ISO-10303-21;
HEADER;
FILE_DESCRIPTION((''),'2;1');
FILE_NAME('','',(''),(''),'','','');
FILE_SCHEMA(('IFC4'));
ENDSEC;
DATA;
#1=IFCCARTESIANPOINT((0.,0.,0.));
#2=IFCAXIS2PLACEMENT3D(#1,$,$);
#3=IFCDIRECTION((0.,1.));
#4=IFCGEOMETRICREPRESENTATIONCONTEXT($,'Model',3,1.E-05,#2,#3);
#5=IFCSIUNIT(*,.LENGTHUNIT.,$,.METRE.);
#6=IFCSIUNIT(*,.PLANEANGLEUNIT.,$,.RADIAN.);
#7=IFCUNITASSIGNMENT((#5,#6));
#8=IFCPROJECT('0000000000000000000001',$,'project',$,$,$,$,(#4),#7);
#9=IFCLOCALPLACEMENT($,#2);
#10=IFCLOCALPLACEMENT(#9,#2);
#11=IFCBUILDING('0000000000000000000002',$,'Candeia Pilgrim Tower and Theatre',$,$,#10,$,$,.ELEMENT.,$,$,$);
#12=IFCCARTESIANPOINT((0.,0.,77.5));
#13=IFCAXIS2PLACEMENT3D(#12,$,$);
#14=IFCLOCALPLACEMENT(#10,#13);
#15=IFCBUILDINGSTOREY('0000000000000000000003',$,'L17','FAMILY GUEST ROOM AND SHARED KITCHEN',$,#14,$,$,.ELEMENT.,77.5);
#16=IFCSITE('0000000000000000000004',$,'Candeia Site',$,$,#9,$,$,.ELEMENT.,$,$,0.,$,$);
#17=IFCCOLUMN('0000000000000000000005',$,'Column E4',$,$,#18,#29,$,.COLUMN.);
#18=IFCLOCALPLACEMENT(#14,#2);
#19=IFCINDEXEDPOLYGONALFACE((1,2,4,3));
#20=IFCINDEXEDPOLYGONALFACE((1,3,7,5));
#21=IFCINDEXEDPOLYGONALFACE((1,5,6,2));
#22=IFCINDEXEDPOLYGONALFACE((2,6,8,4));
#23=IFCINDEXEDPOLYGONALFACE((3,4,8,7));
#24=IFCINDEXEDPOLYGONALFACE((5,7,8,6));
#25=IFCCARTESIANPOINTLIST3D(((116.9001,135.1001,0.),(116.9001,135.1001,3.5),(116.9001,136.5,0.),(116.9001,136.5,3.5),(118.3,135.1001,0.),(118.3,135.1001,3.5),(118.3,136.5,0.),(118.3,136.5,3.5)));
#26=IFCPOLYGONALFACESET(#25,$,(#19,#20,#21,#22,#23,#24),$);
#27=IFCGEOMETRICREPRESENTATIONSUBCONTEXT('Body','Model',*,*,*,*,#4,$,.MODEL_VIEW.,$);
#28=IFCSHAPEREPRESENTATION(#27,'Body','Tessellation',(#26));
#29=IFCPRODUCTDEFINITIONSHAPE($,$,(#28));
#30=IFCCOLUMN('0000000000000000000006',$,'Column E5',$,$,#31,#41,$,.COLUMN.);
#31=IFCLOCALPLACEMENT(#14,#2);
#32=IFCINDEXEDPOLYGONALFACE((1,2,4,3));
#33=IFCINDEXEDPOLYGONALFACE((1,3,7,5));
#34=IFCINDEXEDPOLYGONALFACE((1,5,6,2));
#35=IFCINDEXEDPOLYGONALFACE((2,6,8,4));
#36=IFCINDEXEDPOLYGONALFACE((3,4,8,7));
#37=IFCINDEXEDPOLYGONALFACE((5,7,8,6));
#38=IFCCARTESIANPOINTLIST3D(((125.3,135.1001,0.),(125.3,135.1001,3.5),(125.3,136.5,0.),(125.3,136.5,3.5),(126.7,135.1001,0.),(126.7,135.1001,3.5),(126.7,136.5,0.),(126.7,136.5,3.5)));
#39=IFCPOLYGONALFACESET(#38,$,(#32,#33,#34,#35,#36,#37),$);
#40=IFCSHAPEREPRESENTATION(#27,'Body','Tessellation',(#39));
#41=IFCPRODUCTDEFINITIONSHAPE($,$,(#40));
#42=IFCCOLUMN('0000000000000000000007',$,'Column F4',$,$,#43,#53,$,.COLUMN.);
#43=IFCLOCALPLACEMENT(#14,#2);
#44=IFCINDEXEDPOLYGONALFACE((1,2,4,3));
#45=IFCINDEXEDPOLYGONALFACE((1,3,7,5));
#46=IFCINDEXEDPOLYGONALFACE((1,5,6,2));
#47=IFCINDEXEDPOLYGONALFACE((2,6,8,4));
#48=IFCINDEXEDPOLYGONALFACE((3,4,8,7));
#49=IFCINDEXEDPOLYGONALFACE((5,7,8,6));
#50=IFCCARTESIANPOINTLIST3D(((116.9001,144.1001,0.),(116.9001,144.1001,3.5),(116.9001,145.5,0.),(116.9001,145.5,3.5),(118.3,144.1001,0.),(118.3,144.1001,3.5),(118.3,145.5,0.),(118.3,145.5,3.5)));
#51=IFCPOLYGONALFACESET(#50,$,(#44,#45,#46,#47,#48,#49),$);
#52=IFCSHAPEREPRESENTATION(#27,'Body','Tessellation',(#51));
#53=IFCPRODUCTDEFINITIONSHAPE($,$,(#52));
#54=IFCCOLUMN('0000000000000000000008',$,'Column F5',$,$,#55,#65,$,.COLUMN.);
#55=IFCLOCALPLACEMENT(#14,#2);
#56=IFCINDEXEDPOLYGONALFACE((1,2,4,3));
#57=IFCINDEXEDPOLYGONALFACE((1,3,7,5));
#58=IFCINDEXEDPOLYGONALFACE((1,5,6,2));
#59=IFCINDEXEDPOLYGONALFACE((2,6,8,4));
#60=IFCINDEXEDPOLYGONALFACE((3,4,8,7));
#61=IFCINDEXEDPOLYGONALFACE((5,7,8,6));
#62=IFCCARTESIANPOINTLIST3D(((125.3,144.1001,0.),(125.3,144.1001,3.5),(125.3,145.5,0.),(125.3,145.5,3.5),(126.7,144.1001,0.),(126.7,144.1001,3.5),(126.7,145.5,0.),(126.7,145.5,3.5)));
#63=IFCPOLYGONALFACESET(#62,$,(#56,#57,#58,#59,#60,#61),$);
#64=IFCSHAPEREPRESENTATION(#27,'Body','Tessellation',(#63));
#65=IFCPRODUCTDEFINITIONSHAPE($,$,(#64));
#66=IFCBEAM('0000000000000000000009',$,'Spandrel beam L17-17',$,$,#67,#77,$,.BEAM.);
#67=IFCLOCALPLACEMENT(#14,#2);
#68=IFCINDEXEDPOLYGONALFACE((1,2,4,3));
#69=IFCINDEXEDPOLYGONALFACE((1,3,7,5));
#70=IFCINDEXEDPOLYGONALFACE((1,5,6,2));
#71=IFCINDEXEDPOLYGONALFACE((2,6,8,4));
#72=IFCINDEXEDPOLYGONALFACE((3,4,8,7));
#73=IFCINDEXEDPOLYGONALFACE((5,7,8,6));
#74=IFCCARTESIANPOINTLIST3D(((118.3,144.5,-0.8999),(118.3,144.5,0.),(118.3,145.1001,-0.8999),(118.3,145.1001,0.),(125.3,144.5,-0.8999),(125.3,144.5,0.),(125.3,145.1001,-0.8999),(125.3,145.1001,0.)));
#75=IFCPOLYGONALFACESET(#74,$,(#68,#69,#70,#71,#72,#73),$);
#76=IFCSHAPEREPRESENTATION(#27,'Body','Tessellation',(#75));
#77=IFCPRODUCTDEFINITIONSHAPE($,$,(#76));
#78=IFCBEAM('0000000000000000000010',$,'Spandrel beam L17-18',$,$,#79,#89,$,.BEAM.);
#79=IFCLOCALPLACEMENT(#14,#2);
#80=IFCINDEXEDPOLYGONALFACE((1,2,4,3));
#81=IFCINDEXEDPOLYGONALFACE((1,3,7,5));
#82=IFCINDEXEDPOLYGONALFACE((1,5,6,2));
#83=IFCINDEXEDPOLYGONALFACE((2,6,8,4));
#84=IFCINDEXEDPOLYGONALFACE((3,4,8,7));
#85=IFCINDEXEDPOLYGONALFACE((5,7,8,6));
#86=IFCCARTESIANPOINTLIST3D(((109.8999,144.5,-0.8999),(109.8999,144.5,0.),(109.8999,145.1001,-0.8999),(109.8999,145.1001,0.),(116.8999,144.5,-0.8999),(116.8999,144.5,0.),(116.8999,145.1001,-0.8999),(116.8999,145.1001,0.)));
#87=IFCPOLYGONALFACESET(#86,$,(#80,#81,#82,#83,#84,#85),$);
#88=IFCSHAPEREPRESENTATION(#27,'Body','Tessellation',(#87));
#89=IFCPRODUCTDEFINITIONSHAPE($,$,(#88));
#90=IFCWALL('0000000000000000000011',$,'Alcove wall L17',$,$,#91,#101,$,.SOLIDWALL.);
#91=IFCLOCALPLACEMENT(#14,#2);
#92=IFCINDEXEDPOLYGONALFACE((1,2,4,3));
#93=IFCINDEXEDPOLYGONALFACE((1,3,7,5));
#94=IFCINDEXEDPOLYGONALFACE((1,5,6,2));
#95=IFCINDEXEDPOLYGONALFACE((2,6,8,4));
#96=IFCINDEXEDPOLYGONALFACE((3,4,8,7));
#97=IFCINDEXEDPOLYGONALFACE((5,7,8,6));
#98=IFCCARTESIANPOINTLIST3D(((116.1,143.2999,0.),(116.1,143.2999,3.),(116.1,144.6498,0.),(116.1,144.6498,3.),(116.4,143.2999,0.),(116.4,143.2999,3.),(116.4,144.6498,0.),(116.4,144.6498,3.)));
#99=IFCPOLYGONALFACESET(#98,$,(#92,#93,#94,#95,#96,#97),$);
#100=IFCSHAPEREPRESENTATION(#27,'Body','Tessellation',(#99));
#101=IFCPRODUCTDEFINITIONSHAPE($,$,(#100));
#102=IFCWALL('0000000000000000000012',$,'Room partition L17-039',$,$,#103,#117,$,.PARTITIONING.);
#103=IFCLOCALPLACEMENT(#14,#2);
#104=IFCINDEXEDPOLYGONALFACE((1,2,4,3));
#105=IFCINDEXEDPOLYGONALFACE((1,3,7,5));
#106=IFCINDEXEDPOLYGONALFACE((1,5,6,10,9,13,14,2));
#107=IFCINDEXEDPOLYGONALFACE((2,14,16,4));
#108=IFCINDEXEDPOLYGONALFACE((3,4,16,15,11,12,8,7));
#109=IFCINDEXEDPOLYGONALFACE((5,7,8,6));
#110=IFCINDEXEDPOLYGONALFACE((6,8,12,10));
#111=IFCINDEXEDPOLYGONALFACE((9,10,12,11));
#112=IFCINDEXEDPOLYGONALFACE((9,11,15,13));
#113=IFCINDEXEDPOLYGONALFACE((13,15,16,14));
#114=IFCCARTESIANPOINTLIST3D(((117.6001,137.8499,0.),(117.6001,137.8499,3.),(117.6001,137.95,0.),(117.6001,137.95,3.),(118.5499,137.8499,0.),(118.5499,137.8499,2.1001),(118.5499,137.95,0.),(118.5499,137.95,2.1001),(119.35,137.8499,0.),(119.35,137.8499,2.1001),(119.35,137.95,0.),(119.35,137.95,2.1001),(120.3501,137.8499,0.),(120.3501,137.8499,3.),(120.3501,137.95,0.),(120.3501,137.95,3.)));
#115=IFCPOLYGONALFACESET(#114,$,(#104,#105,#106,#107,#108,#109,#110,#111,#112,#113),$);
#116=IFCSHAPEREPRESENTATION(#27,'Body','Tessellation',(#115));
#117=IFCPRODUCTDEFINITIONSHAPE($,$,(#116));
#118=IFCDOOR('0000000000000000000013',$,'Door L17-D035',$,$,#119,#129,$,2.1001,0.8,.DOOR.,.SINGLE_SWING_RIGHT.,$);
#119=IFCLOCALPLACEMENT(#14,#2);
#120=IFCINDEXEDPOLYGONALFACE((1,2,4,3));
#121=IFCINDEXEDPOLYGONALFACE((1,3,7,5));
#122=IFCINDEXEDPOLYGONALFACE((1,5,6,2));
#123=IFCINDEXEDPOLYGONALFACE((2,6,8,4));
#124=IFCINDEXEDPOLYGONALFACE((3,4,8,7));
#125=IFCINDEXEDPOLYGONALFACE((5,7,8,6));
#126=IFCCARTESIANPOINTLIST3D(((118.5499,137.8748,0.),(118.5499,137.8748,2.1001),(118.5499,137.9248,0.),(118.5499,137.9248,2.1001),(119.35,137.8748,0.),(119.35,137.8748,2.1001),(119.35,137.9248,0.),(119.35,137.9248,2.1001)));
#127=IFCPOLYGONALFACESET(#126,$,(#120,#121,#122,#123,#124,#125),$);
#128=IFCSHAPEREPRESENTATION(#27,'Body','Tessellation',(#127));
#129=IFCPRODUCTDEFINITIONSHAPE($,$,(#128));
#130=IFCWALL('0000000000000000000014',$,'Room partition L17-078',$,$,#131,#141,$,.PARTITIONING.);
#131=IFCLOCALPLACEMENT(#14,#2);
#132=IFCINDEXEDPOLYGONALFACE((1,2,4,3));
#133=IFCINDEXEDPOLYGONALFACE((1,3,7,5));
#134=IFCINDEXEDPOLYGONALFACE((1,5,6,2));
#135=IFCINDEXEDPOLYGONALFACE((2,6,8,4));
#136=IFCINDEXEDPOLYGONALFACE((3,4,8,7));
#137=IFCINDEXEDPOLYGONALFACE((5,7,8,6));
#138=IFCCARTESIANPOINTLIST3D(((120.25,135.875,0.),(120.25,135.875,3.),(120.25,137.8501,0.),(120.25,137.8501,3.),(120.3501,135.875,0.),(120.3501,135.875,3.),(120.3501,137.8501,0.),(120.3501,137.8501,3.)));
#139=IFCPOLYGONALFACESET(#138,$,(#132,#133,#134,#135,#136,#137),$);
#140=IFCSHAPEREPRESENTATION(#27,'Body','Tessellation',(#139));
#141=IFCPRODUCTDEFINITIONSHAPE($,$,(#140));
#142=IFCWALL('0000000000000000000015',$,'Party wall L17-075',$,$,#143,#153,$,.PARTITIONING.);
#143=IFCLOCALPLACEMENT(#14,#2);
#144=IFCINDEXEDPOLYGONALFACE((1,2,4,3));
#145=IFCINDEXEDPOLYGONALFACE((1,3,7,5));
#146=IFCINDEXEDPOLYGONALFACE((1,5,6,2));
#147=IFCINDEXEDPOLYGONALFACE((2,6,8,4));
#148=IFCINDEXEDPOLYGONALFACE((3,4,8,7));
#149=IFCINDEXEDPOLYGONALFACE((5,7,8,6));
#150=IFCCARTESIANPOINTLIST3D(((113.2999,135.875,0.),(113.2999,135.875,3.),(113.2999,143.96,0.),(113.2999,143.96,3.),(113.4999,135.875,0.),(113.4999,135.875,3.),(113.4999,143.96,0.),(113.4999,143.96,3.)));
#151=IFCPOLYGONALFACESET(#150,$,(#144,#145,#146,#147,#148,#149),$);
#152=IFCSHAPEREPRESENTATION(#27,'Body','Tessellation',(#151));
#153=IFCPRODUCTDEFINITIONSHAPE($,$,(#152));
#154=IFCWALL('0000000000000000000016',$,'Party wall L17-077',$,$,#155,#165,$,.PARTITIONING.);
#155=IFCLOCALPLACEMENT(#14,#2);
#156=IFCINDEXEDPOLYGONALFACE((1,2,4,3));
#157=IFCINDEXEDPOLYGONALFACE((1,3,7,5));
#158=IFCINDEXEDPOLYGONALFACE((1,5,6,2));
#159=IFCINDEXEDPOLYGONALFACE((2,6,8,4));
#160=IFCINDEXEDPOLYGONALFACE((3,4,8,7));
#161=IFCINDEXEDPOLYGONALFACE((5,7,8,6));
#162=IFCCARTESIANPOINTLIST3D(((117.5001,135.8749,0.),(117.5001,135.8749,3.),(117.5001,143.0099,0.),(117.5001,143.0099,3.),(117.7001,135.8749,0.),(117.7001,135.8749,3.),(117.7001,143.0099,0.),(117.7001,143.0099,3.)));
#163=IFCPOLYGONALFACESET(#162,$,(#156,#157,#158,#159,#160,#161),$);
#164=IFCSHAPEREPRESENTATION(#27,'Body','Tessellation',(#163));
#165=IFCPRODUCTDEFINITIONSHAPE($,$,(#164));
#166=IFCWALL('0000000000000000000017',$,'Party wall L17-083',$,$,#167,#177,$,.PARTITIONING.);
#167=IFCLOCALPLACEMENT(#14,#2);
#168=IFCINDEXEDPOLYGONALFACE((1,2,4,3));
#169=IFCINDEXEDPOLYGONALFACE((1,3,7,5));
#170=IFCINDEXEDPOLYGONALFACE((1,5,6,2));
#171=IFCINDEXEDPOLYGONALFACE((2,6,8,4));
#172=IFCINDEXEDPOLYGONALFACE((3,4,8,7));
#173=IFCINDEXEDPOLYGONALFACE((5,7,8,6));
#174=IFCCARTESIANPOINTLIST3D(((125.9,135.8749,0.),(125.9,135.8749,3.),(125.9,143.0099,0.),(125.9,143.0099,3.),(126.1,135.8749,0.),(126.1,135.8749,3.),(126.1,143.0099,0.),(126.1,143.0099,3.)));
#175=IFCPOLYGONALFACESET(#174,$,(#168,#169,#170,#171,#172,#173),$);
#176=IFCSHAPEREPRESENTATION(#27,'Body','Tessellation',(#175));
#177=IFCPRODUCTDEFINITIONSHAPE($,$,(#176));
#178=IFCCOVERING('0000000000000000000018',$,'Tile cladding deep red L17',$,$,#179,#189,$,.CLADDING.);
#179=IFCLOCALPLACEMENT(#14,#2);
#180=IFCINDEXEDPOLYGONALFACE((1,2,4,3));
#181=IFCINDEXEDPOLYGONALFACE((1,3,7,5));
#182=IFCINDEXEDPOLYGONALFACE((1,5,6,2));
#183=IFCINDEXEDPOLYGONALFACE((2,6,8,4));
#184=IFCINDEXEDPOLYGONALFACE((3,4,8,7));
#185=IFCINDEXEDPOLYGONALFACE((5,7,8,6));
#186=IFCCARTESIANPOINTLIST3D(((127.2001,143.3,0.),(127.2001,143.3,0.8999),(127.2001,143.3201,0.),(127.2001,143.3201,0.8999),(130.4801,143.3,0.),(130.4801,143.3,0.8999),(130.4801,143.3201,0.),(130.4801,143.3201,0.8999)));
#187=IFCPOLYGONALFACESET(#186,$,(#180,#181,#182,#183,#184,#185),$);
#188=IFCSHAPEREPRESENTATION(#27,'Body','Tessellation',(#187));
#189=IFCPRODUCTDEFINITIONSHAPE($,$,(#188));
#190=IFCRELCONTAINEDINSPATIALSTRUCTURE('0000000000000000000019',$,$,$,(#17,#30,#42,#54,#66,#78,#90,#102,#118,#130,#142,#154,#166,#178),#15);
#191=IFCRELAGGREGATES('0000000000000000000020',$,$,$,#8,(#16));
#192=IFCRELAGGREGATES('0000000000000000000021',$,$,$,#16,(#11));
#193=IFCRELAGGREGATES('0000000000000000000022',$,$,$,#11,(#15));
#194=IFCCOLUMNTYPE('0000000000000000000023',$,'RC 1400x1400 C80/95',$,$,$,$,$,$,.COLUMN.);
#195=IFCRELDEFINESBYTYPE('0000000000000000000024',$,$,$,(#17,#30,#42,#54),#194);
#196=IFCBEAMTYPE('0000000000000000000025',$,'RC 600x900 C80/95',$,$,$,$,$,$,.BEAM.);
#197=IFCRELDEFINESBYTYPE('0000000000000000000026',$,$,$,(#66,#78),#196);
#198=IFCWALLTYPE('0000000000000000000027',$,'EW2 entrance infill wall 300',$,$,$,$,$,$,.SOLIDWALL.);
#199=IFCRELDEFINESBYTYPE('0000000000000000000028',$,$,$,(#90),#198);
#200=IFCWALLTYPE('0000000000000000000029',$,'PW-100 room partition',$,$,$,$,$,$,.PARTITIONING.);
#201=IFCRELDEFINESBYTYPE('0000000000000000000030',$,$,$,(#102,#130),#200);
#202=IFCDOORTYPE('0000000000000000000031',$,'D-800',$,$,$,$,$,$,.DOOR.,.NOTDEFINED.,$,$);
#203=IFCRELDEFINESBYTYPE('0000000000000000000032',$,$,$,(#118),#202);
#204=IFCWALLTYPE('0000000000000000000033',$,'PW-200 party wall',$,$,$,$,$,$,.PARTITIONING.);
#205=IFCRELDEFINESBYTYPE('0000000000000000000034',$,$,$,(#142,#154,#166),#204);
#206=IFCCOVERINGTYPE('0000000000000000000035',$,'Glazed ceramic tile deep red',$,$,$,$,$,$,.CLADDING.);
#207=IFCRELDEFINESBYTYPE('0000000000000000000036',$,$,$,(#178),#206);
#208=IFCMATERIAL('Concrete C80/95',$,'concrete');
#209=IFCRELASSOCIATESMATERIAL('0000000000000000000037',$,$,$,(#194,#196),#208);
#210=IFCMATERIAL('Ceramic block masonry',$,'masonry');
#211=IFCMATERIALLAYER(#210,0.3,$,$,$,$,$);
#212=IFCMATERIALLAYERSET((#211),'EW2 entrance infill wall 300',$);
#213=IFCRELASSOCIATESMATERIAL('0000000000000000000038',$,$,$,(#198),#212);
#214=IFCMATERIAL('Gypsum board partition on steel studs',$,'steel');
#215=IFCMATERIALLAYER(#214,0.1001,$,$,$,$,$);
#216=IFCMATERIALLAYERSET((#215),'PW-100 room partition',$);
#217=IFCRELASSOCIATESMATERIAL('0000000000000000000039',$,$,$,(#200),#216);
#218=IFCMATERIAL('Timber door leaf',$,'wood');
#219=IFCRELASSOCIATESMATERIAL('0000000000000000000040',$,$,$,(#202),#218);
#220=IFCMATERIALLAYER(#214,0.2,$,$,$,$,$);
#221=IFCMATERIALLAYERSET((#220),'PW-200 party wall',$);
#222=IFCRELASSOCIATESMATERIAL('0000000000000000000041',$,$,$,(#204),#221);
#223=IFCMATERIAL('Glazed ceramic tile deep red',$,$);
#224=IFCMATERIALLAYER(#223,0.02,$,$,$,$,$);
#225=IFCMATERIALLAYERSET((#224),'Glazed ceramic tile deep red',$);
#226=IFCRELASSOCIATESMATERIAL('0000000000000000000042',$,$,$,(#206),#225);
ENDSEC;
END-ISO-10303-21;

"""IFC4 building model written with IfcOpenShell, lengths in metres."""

from ifc_helpers import new_model, si_unit, direction, frame, frame_2d, origin, origin_2d, place, context, subcontext, project, spatial, rectangle, extrude, material, layer, layer_set, material_profile, profile_set, type_object, element, fill, save


model = new_model("IFC4")

# Units and contexts
model_context = context("Model", 3, precision=1e-05, world=origin(), true_north=direction((0.0, 1.0)))
body_context = subcontext(model_context, "Body", "Model", "MODEL_VIEW")
ifc_project = project(units=[si_unit("LENGTHUNIT", "METRE"), si_unit("PLANEANGLEUNIT", "RADIAN")], contexts=[model_context])

# Site, building, storey
site_placement = place(None, origin())
site = spatial("IfcSite", under=ifc_project, at=site_placement, Name="Candeia Site", CompositionType="ELEMENT", RefElevation=0.0)
building_placement = place(site_placement, origin())
building = spatial("IfcBuilding", under=site, at=building_placement, Name="Candeia Pilgrim Tower and Theatre", CompositionType="ELEMENT")
storey_placement = place(building_placement, frame((0.0, 0.0, 77.5)))
storey = spatial("IfcBuildingStorey", under=building, at=storey_placement, Name="L17", Description="FAMILY GUEST ROOM AND SHARED KITCHEN", CompositionType="ELEMENT", Elevation=77.5)

# Columns
ifc_material_1 = material(Name="Concrete C80/95", Category="concrete")
ifc_material_profile_1 = material_profile(ifc_material_1, rectangle(XDim=1.3999, YDim=1.3999, at=origin_2d()))
ifc_profile_set_1 = profile_set([ifc_material_profile_1], Name="Concrete C80/95")
column_type = type_object("IfcColumnType", Name="RC 1400x1400 C80/95", PredefinedType="COLUMN", material=ifc_profile_set_1)
for number, where, z_axis, x_axis, name in (
    (1, (117.6001, 135.8, 0.0), (0.0, 0.0, 1.0), (1.0, 0.0, 0.0), "Column E4"),
    (2, (126.0, 135.8, 0.0), (0.0, 0.0, 1.0), (1.0, 0.0, 0.0), "Column E5"),
    (3, (117.6001, 144.8, 0.0), (0.0, 0.0, 1.0), (1.0, 0.0, 0.0), "Column F4"),
    (4, (126.0, 144.8, 0.0), (0.0, 0.0, 1.0), (1.0, 0.0, 0.0), "Column F5"),
):
    element("IfcColumn", number, at=place(storey_placement, frame(where, z_axis=z_axis, x_axis=x_axis)), inside=storey, type_object=column_type, Name=name, PredefinedType="COLUMN", context=body_context, shape_type="SweptSolid", body=[
        extrude(rectangle(XDim=1.3999, YDim=1.3999, at=origin_2d()), origin(), (0.0, 0.0, 1.0), 3.5),
    ])

# Beams
ifc_material_profile_2 = material_profile(ifc_material_1, rectangle(XDim=0.6001, YDim=0.8999, at=origin_2d()))
ifc_profile_set_2 = profile_set([ifc_material_profile_2], Name="Concrete C80/95")
beam_type = type_object("IfcBeamType", Name="RC 600x900 C80/95", PredefinedType="BEAM", material=ifc_profile_set_2)
for number, where, z_axis, x_axis, name in (
    (5, (125.3, 144.8, -0.45), (-1.0, 0.0, 0.0), (0.0, -1.0, 0.0), "Spandrel beam L17-17"),
    (6, (116.8999, 144.8, -0.45), (-1.0, 0.0, 0.0), (0.0, -1.0, 0.0), "Spandrel beam L17-18"),
):
    element("IfcBeam", number, at=place(storey_placement, frame(where, z_axis=z_axis, x_axis=x_axis)), inside=storey, type_object=beam_type, Name=name, PredefinedType="BEAM", context=body_context, shape_type="SweptSolid", body=[
        extrude(rectangle(XDim=0.6001, YDim=0.8999, at=origin_2d()), origin(), (0.0, 0.0, 1.0), 7.0),
    ])

# Wall
ifc_material_2 = material(Name="Ceramic block masonry", Category="masonry")
ifc_layer_1 = layer(ifc_material_2, 0.3)
ifc_layer_set_1 = layer_set([ifc_layer_1], Name="EW2 entrance infill wall 300")
wall_type_1 = type_object("IfcWallType", Name="EW2 entrance infill wall 300", PredefinedType="SOLIDWALL", material=ifc_layer_set_1)
wall_1_placement = place(storey_placement, frame((116.25, 143.3, 0.0), z_axis=(0.0, 0.0, 1.0), x_axis=(0.0, 1.0, 0.0)))
element("IfcWall", 7, at=wall_1_placement, inside=storey, type_object=wall_type_1, Name="Alcove wall L17", PredefinedType="SOLIDWALL", context=body_context, shape_type="SweptSolid", body=[
    extrude(rectangle(XDim=1.3499, YDim=0.3, at=frame_2d((0.6748, 0.0))), origin(), (0.0, 0.0, 1.0), 3.0),
])

# Wall, opening, door
ifc_material_3 = material(Name="Gypsum board partition on steel studs", Category="steel")
ifc_layer_2 = layer(ifc_material_3, 0.1001)
ifc_layer_set_2 = layer_set([ifc_layer_2], Name="PW-100 room partition")
wall_type_2 = type_object("IfcWallType", Name="PW-100 room partition", PredefinedType="PARTITIONING", material=ifc_layer_set_2)
wall_2_placement = place(storey_placement, frame((117.6001, 137.8999, 0.0), z_axis=(0.0, 0.0, 1.0), x_axis=(1.0, 0.0, 0.0)))
wall_2 = element("IfcWall", 8, at=wall_2_placement, inside=storey, type_object=wall_type_2, Name="Room partition L17-039", PredefinedType="PARTITIONING", context=body_context, shape_type="SweptSolid", body=[
    extrude(rectangle(XDim=2.75, YDim=0.1001, at=frame_2d((1.375, 0.0))), origin(), (0.0, 0.0, 1.0), 3.0),
])
opening_1_placement = place(wall_2_placement, frame((0.95, 0.0, 0.0)))
opening_1 = element("IfcOpeningElement", 9, at=opening_1_placement, cuts=wall_2, PredefinedType="OPENING", context=body_context, shape_type="SweptSolid", body=[
    extrude(rectangle(XDim=0.8, YDim=2.1001, at=frame_2d((0.3999, 1.05))), frame((0.0, 0.0601, 0.0), z_axis=(0.0, -1.0, 0.0), x_axis=(1.0, 0.0, 0.0)), (0.0, 0.0, 1.0), 0.1201),
])
ifc_material_4 = material(Name="Timber door leaf", Category="wood")
door_type_1 = type_object("IfcDoorType", Name="D-800", OperationType="NOTDEFINED", PredefinedType="DOOR", material=ifc_material_4)
door_1_placement = place(opening_1_placement, origin())
door_1 = element("IfcDoor", 10, at=door_1_placement, inside=storey, type_object=door_type_1, Name="Door L17-D035", OperationType="SINGLE_SWING_RIGHT", OverallHeight=2.1001, OverallWidth=0.8, PredefinedType="DOOR", context=body_context, shape_type="SweptSolid", body=[
    extrude(rectangle(XDim=0.8, YDim=2.1001, at=frame_2d((0.3999, 1.05))), frame((0.0, 0.0249, 0.0), z_axis=(0.0, -1.0, 0.0), x_axis=(1.0, 0.0, 0.0)), (0.0, 0.0, 1.0), 0.05),
])
fill(opening_1, door_1)

# Walls
wall_3_placement = place(storey_placement, frame((120.3, 135.875, 0.0), z_axis=(0.0, 0.0, 1.0), x_axis=(0.0, 1.0, 0.0)))
element("IfcWall", 11, at=wall_3_placement, inside=storey, type_object=wall_type_2, Name="Room partition L17-078", PredefinedType="PARTITIONING", context=body_context, shape_type="SweptSolid", body=[
    extrude(rectangle(XDim=1.9751, YDim=0.1001, at=frame_2d((0.9875, 0.0))), origin(), (0.0, 0.0, 1.0), 3.0),
])
ifc_layer_3 = layer(ifc_material_3, 0.2)
ifc_layer_set_3 = layer_set([ifc_layer_3], Name="PW-200 party wall")
wall_type_3 = type_object("IfcWallType", Name="PW-200 party wall", PredefinedType="PARTITIONING", material=ifc_layer_set_3)
wall_4_placement = place(storey_placement, frame((113.3999, 135.875, 0.0), z_axis=(0.0, 0.0, 1.0), x_axis=(0.0, 1.0, 0.0)))
element("IfcWall", 12, at=wall_4_placement, inside=storey, type_object=wall_type_3, Name="Party wall L17-075", PredefinedType="PARTITIONING", context=body_context, shape_type="SweptSolid", body=[
    extrude(rectangle(XDim=8.085, YDim=0.2, at=frame_2d((4.0425, 0.0))), origin(), (0.0, 0.0, 1.0), 3.0),
])
for number, where, z_axis, x_axis, name in (
    (13, (117.6001, 135.875, 0.0), (0.0, 0.0, 1.0), (0.0, 1.0, 0.0), "Party wall L17-077"),
    (14, (126.0, 135.875, 0.0), (0.0, 0.0, 1.0), (0.0, 1.0, 0.0), "Party wall L17-083"),
):
    element("IfcWall", number, at=place(storey_placement, frame(where, z_axis=z_axis, x_axis=x_axis)), inside=storey, type_object=wall_type_3, Name=name, PredefinedType="PARTITIONING", context=body_context, shape_type="SweptSolid", body=[
        extrude(rectangle(XDim=7.135, YDim=0.2, at=frame_2d((3.5674, 0.0))), origin(), (0.0, 0.0, 1.0), 3.0),
    ])

# Covering
ifc_material_5 = material(Name="Glazed ceramic tile deep red")
ifc_layer_4 = layer(ifc_material_5, 0.02)
ifc_layer_set_4 = layer_set([ifc_layer_4], Name="Glazed ceramic tile deep red")
covering_type_1 = type_object("IfcCoveringType", Name="Glazed ceramic tile deep red", PredefinedType="CLADDING", material=ifc_layer_set_4)
covering_1_placement = place(storey_placement, frame((128.8401, 143.3101, 0.0), z_axis=(0.0, 0.0, 1.0), x_axis=(-1.0, 0.0, 0.0)))
element("IfcCovering", 15, at=covering_1_placement, inside=storey, type_object=covering_type_1, Name="Tile cladding deep red L17", PredefinedType="CLADDING", context=body_context, shape_type="SweptSolid", body=[
    extrude(rectangle(XDim=3.28, YDim=0.02, at=origin_2d()), origin(), (0.0, 0.0, 1.0), 0.8999),
])

save(model, "model.ifc")
